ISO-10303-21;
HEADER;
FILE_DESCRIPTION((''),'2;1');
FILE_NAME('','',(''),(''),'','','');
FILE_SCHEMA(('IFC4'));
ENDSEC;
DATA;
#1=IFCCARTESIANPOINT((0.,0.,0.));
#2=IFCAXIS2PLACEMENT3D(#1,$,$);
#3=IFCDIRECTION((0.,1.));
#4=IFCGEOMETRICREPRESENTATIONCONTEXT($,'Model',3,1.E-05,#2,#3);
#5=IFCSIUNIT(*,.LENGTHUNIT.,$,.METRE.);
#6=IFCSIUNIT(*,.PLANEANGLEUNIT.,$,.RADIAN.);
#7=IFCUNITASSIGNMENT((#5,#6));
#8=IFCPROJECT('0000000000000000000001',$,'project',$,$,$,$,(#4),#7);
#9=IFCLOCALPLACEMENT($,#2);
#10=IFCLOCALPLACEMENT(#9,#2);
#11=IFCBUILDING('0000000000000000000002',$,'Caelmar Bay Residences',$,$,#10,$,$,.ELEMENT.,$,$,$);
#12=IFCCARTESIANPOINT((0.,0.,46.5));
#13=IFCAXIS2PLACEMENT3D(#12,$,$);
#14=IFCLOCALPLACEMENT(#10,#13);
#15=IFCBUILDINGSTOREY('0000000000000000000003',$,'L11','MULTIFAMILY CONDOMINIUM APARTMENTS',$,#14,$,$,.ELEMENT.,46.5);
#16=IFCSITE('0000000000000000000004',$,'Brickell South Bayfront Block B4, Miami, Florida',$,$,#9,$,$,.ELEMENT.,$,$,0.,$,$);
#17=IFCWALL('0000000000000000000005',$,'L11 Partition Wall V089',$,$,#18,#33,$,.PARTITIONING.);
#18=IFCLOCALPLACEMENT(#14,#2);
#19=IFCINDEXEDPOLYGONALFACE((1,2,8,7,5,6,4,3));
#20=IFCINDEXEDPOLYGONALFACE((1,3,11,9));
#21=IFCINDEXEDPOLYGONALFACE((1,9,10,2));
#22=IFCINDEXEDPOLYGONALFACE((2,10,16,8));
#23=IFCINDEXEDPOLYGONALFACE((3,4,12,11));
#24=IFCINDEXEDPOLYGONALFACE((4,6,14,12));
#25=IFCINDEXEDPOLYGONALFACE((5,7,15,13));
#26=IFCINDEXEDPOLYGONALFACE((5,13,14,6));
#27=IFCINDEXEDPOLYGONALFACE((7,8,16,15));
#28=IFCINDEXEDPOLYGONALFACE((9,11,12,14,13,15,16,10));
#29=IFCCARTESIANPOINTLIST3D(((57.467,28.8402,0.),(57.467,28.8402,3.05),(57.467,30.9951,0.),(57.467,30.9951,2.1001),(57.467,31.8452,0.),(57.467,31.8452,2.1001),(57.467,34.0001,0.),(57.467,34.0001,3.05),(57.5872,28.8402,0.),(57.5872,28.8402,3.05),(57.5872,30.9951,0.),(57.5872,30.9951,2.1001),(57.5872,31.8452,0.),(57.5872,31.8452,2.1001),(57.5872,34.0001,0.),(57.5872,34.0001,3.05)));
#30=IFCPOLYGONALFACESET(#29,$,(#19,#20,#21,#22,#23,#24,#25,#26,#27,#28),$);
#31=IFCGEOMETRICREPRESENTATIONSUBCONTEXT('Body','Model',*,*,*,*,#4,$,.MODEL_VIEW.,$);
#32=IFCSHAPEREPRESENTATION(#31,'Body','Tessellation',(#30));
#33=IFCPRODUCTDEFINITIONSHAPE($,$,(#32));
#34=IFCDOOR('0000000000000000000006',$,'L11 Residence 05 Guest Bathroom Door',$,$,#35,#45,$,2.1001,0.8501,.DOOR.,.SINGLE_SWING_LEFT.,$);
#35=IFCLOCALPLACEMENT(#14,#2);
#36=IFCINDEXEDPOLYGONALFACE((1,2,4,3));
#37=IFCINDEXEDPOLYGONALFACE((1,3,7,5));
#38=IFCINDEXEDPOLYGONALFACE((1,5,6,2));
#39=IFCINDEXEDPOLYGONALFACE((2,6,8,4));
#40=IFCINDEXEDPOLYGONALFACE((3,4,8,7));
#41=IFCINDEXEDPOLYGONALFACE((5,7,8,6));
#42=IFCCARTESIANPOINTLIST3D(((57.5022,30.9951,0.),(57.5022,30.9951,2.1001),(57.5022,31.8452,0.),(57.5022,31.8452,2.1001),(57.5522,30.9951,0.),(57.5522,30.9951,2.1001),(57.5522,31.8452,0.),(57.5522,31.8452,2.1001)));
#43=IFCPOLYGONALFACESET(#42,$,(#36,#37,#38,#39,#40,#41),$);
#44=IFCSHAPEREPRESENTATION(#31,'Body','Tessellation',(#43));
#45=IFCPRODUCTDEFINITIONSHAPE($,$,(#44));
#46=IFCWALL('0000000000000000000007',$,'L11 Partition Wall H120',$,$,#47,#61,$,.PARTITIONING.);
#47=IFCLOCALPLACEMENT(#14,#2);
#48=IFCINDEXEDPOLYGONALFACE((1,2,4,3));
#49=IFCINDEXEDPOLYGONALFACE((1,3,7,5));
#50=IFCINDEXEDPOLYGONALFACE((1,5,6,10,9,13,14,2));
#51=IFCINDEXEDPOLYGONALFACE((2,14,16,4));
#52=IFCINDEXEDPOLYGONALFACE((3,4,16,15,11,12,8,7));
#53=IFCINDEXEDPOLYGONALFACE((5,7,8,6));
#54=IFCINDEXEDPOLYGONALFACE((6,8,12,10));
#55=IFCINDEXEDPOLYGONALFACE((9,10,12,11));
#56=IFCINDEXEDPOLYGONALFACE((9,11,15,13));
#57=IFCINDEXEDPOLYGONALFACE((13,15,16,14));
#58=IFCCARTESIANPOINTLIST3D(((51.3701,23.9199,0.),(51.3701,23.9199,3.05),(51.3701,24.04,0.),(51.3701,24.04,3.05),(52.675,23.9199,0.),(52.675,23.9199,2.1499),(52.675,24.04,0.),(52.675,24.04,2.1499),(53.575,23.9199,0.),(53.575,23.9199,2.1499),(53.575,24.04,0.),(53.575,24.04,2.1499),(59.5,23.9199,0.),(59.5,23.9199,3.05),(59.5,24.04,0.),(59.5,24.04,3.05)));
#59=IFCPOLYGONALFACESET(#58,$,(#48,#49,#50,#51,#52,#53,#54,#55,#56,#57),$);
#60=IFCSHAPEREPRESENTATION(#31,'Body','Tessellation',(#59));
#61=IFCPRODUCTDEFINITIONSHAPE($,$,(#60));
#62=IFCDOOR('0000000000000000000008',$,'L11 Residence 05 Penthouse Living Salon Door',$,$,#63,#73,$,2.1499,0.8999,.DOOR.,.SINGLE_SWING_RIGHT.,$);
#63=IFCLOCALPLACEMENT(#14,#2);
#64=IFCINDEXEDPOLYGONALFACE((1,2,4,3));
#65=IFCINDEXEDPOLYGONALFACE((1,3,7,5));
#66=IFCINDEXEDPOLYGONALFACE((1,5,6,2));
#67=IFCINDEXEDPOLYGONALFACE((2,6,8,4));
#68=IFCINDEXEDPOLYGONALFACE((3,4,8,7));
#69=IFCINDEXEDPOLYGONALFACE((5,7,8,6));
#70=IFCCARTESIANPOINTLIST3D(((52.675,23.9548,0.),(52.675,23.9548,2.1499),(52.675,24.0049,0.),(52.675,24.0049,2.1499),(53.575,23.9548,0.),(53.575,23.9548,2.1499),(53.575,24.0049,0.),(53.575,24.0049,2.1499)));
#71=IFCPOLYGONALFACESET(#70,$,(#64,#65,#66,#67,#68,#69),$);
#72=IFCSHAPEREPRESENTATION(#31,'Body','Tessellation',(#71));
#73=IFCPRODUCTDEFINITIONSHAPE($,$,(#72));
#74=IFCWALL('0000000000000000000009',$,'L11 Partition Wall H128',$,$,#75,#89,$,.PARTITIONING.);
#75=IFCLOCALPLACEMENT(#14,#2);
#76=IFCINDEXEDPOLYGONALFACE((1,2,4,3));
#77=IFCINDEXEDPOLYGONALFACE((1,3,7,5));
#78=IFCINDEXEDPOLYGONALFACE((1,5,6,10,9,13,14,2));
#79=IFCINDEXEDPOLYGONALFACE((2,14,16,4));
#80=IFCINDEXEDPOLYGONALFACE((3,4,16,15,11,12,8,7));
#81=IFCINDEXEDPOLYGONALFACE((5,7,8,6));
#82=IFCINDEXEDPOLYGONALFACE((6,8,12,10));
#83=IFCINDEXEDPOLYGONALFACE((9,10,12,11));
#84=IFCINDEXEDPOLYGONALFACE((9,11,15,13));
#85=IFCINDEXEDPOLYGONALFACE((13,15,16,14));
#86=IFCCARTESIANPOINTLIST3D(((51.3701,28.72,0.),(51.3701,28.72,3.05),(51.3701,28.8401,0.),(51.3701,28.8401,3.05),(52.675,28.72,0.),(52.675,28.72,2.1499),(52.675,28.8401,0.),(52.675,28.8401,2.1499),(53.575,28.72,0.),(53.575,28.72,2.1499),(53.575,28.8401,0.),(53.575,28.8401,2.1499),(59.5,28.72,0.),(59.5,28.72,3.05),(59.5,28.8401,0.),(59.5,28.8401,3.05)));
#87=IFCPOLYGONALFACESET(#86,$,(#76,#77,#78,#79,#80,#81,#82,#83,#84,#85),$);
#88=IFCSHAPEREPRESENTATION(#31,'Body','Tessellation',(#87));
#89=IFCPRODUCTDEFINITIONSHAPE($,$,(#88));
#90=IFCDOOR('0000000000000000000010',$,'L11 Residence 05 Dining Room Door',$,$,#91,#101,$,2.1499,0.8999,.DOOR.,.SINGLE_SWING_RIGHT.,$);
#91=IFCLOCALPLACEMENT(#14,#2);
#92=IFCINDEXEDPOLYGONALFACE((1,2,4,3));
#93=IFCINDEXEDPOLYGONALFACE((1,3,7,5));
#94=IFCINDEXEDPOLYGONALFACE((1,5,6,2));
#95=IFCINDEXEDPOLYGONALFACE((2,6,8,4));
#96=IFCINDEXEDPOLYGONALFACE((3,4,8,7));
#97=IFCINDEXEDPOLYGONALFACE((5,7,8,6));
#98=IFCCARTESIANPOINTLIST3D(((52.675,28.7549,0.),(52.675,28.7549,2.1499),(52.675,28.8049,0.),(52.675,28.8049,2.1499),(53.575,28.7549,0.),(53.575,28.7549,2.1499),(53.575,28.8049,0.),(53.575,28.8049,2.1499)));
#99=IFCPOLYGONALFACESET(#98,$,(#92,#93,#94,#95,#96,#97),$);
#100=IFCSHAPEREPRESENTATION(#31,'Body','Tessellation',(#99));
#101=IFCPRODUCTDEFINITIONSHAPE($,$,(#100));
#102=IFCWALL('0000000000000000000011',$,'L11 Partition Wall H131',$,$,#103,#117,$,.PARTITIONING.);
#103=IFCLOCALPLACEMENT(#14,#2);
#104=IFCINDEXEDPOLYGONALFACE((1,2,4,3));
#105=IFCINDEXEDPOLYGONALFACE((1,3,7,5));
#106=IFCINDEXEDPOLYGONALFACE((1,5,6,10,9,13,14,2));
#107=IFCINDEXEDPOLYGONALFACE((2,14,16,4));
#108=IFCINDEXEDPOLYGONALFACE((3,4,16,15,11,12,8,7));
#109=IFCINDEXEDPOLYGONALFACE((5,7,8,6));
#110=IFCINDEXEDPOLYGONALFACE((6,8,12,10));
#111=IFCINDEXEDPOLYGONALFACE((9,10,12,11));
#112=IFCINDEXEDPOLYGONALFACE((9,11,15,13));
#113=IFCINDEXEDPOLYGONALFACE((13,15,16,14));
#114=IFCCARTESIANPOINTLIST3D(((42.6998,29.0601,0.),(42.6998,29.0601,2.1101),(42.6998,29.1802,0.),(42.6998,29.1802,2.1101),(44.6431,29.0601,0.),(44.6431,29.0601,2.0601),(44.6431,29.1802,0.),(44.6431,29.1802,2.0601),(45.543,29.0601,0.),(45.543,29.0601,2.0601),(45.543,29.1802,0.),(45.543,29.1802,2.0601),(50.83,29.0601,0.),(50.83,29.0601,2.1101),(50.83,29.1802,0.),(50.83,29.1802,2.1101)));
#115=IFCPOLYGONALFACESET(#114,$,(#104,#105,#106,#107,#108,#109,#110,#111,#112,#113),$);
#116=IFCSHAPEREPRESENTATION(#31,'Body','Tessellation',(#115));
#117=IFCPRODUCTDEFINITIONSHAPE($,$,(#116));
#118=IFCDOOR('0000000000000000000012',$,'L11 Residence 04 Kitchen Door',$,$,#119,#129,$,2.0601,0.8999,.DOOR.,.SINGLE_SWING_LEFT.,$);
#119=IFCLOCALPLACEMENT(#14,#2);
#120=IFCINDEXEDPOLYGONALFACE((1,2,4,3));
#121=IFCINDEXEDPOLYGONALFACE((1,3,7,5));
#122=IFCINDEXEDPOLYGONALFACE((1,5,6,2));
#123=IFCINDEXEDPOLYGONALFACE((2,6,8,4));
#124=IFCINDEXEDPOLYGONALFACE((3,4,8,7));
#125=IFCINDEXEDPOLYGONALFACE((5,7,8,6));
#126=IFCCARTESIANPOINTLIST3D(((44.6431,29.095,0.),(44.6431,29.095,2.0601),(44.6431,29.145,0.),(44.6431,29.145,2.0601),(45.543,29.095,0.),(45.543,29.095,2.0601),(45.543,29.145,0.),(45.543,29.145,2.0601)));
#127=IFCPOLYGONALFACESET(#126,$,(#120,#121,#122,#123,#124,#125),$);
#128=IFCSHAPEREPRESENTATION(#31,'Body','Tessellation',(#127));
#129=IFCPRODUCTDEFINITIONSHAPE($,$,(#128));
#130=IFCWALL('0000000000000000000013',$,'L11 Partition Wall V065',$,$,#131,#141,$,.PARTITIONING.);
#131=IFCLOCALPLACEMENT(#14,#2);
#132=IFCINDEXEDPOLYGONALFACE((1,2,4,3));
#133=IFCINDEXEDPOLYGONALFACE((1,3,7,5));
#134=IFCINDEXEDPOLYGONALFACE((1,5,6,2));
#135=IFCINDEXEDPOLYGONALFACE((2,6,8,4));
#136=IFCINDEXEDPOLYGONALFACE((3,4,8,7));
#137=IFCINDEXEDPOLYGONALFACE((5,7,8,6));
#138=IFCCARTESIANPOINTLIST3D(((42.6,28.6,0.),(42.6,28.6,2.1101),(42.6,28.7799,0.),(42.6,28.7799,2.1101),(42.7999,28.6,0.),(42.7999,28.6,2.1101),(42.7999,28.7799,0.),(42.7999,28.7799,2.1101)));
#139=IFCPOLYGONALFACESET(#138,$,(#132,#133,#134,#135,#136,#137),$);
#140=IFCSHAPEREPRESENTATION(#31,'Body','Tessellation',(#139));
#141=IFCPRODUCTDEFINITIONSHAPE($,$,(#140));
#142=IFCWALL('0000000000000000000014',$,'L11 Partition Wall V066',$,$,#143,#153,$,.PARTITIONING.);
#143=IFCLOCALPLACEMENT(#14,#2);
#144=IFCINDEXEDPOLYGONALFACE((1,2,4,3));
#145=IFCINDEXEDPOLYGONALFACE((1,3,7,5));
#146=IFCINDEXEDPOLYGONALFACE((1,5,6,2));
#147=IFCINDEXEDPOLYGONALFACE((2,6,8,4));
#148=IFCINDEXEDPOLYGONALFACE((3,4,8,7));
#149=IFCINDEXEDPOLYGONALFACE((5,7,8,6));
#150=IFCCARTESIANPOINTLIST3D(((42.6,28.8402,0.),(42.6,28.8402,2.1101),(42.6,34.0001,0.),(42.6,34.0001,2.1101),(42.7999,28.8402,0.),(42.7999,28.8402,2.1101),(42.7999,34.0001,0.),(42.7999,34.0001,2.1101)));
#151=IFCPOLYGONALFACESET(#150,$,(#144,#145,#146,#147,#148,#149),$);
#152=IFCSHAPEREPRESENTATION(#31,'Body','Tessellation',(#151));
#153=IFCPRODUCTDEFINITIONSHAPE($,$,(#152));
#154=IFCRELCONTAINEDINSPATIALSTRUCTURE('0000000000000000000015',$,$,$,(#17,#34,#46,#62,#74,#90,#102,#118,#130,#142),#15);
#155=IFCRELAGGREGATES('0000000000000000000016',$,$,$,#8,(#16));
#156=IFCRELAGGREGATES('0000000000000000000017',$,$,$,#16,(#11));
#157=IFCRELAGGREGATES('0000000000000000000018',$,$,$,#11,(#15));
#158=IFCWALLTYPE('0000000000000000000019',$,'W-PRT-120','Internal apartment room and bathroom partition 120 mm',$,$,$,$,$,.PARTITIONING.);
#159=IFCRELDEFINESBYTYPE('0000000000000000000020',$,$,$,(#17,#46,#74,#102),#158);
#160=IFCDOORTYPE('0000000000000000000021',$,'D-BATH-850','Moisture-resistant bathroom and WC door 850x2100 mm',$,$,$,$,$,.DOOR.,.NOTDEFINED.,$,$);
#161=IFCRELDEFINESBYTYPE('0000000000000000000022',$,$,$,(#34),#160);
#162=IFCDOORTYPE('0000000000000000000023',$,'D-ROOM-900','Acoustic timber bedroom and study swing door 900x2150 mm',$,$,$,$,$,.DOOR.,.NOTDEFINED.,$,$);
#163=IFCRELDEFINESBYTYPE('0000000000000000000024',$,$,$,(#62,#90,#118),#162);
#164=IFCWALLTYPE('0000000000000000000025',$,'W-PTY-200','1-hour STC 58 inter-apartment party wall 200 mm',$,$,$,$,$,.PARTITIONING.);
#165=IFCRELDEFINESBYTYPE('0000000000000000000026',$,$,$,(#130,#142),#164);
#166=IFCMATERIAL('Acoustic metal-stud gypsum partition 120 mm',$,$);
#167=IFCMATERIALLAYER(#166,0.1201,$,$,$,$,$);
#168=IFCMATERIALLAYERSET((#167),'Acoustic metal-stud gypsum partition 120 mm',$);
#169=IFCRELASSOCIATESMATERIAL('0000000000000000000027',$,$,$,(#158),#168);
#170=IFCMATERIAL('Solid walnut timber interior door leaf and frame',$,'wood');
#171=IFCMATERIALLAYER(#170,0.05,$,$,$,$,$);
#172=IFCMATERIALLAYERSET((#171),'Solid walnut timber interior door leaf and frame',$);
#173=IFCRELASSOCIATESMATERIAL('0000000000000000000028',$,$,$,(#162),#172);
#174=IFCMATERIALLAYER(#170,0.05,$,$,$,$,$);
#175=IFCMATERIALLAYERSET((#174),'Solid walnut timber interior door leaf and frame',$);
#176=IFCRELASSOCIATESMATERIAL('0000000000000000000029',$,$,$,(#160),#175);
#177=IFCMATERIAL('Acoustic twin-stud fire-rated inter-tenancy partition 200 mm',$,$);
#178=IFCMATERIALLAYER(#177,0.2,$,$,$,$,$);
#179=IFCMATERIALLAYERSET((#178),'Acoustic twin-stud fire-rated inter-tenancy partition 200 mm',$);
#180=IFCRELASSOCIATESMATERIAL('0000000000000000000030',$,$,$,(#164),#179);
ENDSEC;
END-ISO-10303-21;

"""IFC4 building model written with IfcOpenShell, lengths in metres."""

from ifc_helpers import new_model, si_unit, direction, frame, frame_2d, origin, place, context, subcontext, project, spatial, rectangle, extrude, material, layer, layer_set, type_object, element, fill, save


model = new_model("IFC4")

# Units and contexts
model_context = context("Model", 3, precision=1e-05, world=origin(), true_north=direction((0.0, 1.0)))
body_context = subcontext(model_context, "Body", "Model", "MODEL_VIEW")
ifc_project = project(units=[si_unit("LENGTHUNIT", "METRE"), si_unit("PLANEANGLEUNIT", "RADIAN")], contexts=[model_context])

# Site, building, storey
site_placement = place(None, origin())
site = spatial("IfcSite", under=ifc_project, at=site_placement, Name="Brickell South Bayfront Block B4, Miami, Florida", CompositionType="ELEMENT", RefElevation=0.0)
building_placement = place(site_placement, origin())
building = spatial("IfcBuilding", under=site, at=building_placement, Name="Caelmar Bay Residences", CompositionType="ELEMENT")
storey_placement = place(building_placement, frame((0.0, 0.0, 46.5)))
storey = spatial("IfcBuildingStorey", under=building, at=storey_placement, Name="L11", Description="MULTIFAMILY CONDOMINIUM APARTMENTS", CompositionType="ELEMENT", Elevation=46.5)

# Shared definitions
ifc_material_1 = material(Name="Acoustic metal-stud gypsum partition 120 mm")
ifc_layer_1 = layer(ifc_material_1, 0.1201)
ifc_layer_set_1 = layer_set([ifc_layer_1], Name="Acoustic metal-stud gypsum partition 120 mm")
wall_type_1 = type_object("IfcWallType", Name="W-PRT-120", Description="Internal apartment room and bathroom partition 120 mm", PredefinedType="PARTITIONING", material=ifc_layer_set_1)

# Shared definitions
ifc_material_2 = material(Name="Solid walnut timber interior door leaf and frame", Category="wood")
ifc_layer_2 = layer(ifc_material_2, 0.05)
ifc_layer_set_2 = layer_set([ifc_layer_2], Name="Solid walnut timber interior door leaf and frame")
door_type_1 = type_object("IfcDoorType", Name="D-ROOM-900", Description="Acoustic timber bedroom and study swing door 900x2150 mm", OperationType="NOTDEFINED", PredefinedType="DOOR", material=ifc_layer_set_2)

# Shared definitions
ifc_layer_3 = layer(ifc_material_2, 0.05)
ifc_layer_set_3 = layer_set([ifc_layer_3], Name="Solid walnut timber interior door leaf and frame")
door_type_2 = type_object("IfcDoorType", Name="D-BATH-850", Description="Moisture-resistant bathroom and WC door 850x2100 mm", OperationType="NOTDEFINED", PredefinedType="DOOR", material=ifc_layer_set_3)

# Walls, openings, doors
wall_1_placement = place(storey_placement, frame((57.5271, 28.8401, 0.0), z_axis=(0.0, 0.0, 1.0), x_axis=(0.0, 1.0, 0.0)))
wall_1 = element("IfcWall", 1, at=wall_1_placement, inside=storey, type_object=wall_type_1, Name="L11 Partition Wall V089", PredefinedType="PARTITIONING", context=body_context, shape_type="SweptSolid", body=[
    extrude(rectangle(XDim=5.1599, YDim=0.1201, at=frame_2d((2.5801, 0.0))), origin(), (0.0, 0.0, 1.0), 3.05),
])
opening_1_placement = place(wall_1_placement, frame((2.155, 0.0, 0.0)))
opening_1 = element("IfcOpeningElement", 2, at=opening_1_placement, cuts=wall_1, PredefinedType="OPENING", context=body_context, shape_type="SweptSolid", body=[
    extrude(rectangle(XDim=0.8501, YDim=2.1001, at=frame_2d((0.425, 1.05))), frame((0.0, 0.0701, 0.0), z_axis=(0.0, -1.0, 0.0), x_axis=(1.0, 0.0, 0.0)), (0.0, 0.0, 1.0), 0.1401),
])
door_1_placement = place(opening_1_placement, origin())
door_1 = element("IfcDoor", 3, at=door_1_placement, inside=storey, type_object=door_type_2, Name="L11 Residence 05 Guest Bathroom Door", OperationType="SINGLE_SWING_LEFT", OverallHeight=2.1001, OverallWidth=0.8501, PredefinedType="DOOR", context=body_context, shape_type="SweptSolid", body=[
    extrude(rectangle(XDim=0.8501, YDim=2.1001, at=frame_2d((0.425, 1.05))), frame((0.0, 0.0249, 0.0), z_axis=(0.0, -1.0, 0.0), x_axis=(1.0, 0.0, 0.0)), (0.0, 0.0, 1.0), 0.05),
])
fill(opening_1, door_1)
wall_2_placement = place(storey_placement, frame((51.3701, 23.98, 0.0), z_axis=(0.0, 0.0, 1.0), x_axis=(1.0, 0.0, 0.0)))
wall_2 = element("IfcWall", 4, at=wall_2_placement, inside=storey, type_object=wall_type_1, Name="L11 Partition Wall H120", PredefinedType="PARTITIONING", context=body_context, shape_type="SweptSolid", body=[
    extrude(rectangle(XDim=8.1299, YDim=0.1201, at=frame_2d((4.0649, 0.0))), origin(), (0.0, 0.0, 1.0), 3.05),
])
opening_2_placement = place(wall_2_placement, frame((1.3049, 0.0, 0.0)))
opening_2 = element("IfcOpeningElement", 5, at=opening_2_placement, cuts=wall_2, PredefinedType="OPENING", context=body_context, shape_type="SweptSolid", body=[
    extrude(rectangle(XDim=0.8999, YDim=2.1499, at=frame_2d((0.45, 1.075))), frame((0.0, 0.0701, 0.0), z_axis=(0.0, -1.0, 0.0), x_axis=(1.0, 0.0, 0.0)), (0.0, 0.0, 1.0), 0.1401),
])
door_2_placement = place(opening_2_placement, origin())
door_2 = element("IfcDoor", 6, at=door_2_placement, inside=storey, type_object=door_type_1, Name="L11 Residence 05 Penthouse Living Salon Door", OperationType="SINGLE_SWING_RIGHT", OverallHeight=2.1499, OverallWidth=0.8999, PredefinedType="DOOR", context=body_context, shape_type="SweptSolid", body=[
    extrude(rectangle(XDim=0.8999, YDim=2.1499, at=frame_2d((0.45, 1.075))), frame((0.0, 0.0249, 0.0), z_axis=(0.0, -1.0, 0.0), x_axis=(1.0, 0.0, 0.0)), (0.0, 0.0, 1.0), 0.05),
])
fill(opening_2, door_2)
wall_3_placement = place(storey_placement, frame((51.3701, 28.78, 0.0), z_axis=(0.0, 0.0, 1.0), x_axis=(1.0, 0.0, 0.0)))
wall_3 = element("IfcWall", 7, at=wall_3_placement, inside=storey, type_object=wall_type_1, Name="L11 Partition Wall H128", PredefinedType="PARTITIONING", context=body_context, shape_type="SweptSolid", body=[
    extrude(rectangle(XDim=8.1299, YDim=0.1201, at=frame_2d((4.0649, 0.0))), origin(), (0.0, 0.0, 1.0), 3.05),
])
opening_3_placement = place(wall_3_placement, frame((1.3049, 0.0, 0.0)))
opening_3 = element("IfcOpeningElement", 8, at=opening_3_placement, cuts=wall_3, PredefinedType="OPENING", context=body_context, shape_type="SweptSolid", body=[
    extrude(rectangle(XDim=0.8999, YDim=2.1499, at=frame_2d((0.45, 1.075))), frame((0.0, 0.0701, 0.0), z_axis=(0.0, -1.0, 0.0), x_axis=(1.0, 0.0, 0.0)), (0.0, 0.0, 1.0), 0.1401),
])
door_3_placement = place(opening_3_placement, origin())
door_3 = element("IfcDoor", 9, at=door_3_placement, inside=storey, type_object=door_type_1, Name="L11 Residence 05 Dining Room Door", OperationType="SINGLE_SWING_RIGHT", OverallHeight=2.1499, OverallWidth=0.8999, PredefinedType="DOOR", context=body_context, shape_type="SweptSolid", body=[
    extrude(rectangle(XDim=0.8999, YDim=2.1499, at=frame_2d((0.45, 1.075))), frame((0.0, 0.0249, 0.0), z_axis=(0.0, -1.0, 0.0), x_axis=(1.0, 0.0, 0.0)), (0.0, 0.0, 1.0), 0.05),
])
fill(opening_3, door_3)
wall_4_placement = place(storey_placement, frame((42.7, 29.1201, 0.0), z_axis=(0.0, 0.0, 1.0), x_axis=(1.0, 0.0, 0.0)))
wall_4 = element("IfcWall", 10, at=wall_4_placement, inside=storey, type_object=wall_type_1, Name="L11 Partition Wall H131", PredefinedType="PARTITIONING", context=body_context, shape_type="SweptSolid", body=[
    extrude(rectangle(XDim=8.1301, YDim=0.1201, at=frame_2d((4.0649, 0.0))), origin(), (0.0, 0.0, 1.0), 2.1101),
])
opening_4_placement = place(wall_4_placement, frame((1.9431, 0.0, 0.0)))
opening_4 = element("IfcOpeningElement", 11, at=opening_4_placement, cuts=wall_4, PredefinedType="OPENING", context=body_context, shape_type="SweptSolid", body=[
    extrude(rectangle(XDim=0.8999, YDim=2.0601, at=frame_2d((0.45, 1.03))), frame((0.0, 0.0701, 0.0), z_axis=(0.0, -1.0, 0.0), x_axis=(1.0, 0.0, 0.0)), (0.0, 0.0, 1.0), 0.1401),
])
door_4_placement = place(opening_4_placement, origin())
door_4 = element("IfcDoor", 12, at=door_4_placement, inside=storey, type_object=door_type_1, Name="L11 Residence 04 Kitchen Door", OperationType="SINGLE_SWING_LEFT", OverallHeight=2.0601, OverallWidth=0.8999, PredefinedType="DOOR", context=body_context, shape_type="SweptSolid", body=[
    extrude(rectangle(XDim=0.8999, YDim=2.0601, at=frame_2d((0.45, 1.03))), frame((0.0, 0.0249, 0.0), z_axis=(0.0, -1.0, 0.0), x_axis=(1.0, 0.0, 0.0)), (0.0, 0.0, 1.0), 0.05),
])
fill(opening_4, door_4)

# Walls
ifc_material_3 = material(Name="Acoustic twin-stud fire-rated inter-tenancy partition 200 mm")
ifc_layer_4 = layer(ifc_material_3, 0.2)
ifc_layer_set_4 = layer_set([ifc_layer_4], Name="Acoustic twin-stud fire-rated inter-tenancy partition 200 mm")
wall_type_2 = type_object("IfcWallType", Name="W-PTY-200", Description="1-hour STC 58 inter-apartment party wall 200 mm", PredefinedType="PARTITIONING", material=ifc_layer_set_4)
wall_5_placement = place(storey_placement, frame((42.7, 28.6001, 0.0), z_axis=(0.0, 0.0, 1.0), x_axis=(0.0, 1.0, 0.0)))
element("IfcWall", 13, at=wall_5_placement, inside=storey, type_object=wall_type_2, Name="L11 Partition Wall V065", PredefinedType="PARTITIONING", context=body_context, shape_type="SweptSolid", body=[
    extrude(rectangle(XDim=0.1799, YDim=0.2, at=frame_2d((0.0898, 0.0))), origin(), (0.0, 0.0, 1.0), 2.1101),
])
wall_6_placement = place(storey_placement, frame((42.7, 28.8401, 0.0), z_axis=(0.0, 0.0, 1.0), x_axis=(0.0, 1.0, 0.0)))
element("IfcWall", 14, at=wall_6_placement, inside=storey, type_object=wall_type_2, Name="L11 Partition Wall V066", PredefinedType="PARTITIONING", context=body_context, shape_type="SweptSolid", body=[
    extrude(rectangle(XDim=5.1599, YDim=0.2, at=frame_2d((2.5801, 0.0))), origin(), (0.0, 0.0, 1.0), 2.1101),
])

save(model, "model.ifc")
